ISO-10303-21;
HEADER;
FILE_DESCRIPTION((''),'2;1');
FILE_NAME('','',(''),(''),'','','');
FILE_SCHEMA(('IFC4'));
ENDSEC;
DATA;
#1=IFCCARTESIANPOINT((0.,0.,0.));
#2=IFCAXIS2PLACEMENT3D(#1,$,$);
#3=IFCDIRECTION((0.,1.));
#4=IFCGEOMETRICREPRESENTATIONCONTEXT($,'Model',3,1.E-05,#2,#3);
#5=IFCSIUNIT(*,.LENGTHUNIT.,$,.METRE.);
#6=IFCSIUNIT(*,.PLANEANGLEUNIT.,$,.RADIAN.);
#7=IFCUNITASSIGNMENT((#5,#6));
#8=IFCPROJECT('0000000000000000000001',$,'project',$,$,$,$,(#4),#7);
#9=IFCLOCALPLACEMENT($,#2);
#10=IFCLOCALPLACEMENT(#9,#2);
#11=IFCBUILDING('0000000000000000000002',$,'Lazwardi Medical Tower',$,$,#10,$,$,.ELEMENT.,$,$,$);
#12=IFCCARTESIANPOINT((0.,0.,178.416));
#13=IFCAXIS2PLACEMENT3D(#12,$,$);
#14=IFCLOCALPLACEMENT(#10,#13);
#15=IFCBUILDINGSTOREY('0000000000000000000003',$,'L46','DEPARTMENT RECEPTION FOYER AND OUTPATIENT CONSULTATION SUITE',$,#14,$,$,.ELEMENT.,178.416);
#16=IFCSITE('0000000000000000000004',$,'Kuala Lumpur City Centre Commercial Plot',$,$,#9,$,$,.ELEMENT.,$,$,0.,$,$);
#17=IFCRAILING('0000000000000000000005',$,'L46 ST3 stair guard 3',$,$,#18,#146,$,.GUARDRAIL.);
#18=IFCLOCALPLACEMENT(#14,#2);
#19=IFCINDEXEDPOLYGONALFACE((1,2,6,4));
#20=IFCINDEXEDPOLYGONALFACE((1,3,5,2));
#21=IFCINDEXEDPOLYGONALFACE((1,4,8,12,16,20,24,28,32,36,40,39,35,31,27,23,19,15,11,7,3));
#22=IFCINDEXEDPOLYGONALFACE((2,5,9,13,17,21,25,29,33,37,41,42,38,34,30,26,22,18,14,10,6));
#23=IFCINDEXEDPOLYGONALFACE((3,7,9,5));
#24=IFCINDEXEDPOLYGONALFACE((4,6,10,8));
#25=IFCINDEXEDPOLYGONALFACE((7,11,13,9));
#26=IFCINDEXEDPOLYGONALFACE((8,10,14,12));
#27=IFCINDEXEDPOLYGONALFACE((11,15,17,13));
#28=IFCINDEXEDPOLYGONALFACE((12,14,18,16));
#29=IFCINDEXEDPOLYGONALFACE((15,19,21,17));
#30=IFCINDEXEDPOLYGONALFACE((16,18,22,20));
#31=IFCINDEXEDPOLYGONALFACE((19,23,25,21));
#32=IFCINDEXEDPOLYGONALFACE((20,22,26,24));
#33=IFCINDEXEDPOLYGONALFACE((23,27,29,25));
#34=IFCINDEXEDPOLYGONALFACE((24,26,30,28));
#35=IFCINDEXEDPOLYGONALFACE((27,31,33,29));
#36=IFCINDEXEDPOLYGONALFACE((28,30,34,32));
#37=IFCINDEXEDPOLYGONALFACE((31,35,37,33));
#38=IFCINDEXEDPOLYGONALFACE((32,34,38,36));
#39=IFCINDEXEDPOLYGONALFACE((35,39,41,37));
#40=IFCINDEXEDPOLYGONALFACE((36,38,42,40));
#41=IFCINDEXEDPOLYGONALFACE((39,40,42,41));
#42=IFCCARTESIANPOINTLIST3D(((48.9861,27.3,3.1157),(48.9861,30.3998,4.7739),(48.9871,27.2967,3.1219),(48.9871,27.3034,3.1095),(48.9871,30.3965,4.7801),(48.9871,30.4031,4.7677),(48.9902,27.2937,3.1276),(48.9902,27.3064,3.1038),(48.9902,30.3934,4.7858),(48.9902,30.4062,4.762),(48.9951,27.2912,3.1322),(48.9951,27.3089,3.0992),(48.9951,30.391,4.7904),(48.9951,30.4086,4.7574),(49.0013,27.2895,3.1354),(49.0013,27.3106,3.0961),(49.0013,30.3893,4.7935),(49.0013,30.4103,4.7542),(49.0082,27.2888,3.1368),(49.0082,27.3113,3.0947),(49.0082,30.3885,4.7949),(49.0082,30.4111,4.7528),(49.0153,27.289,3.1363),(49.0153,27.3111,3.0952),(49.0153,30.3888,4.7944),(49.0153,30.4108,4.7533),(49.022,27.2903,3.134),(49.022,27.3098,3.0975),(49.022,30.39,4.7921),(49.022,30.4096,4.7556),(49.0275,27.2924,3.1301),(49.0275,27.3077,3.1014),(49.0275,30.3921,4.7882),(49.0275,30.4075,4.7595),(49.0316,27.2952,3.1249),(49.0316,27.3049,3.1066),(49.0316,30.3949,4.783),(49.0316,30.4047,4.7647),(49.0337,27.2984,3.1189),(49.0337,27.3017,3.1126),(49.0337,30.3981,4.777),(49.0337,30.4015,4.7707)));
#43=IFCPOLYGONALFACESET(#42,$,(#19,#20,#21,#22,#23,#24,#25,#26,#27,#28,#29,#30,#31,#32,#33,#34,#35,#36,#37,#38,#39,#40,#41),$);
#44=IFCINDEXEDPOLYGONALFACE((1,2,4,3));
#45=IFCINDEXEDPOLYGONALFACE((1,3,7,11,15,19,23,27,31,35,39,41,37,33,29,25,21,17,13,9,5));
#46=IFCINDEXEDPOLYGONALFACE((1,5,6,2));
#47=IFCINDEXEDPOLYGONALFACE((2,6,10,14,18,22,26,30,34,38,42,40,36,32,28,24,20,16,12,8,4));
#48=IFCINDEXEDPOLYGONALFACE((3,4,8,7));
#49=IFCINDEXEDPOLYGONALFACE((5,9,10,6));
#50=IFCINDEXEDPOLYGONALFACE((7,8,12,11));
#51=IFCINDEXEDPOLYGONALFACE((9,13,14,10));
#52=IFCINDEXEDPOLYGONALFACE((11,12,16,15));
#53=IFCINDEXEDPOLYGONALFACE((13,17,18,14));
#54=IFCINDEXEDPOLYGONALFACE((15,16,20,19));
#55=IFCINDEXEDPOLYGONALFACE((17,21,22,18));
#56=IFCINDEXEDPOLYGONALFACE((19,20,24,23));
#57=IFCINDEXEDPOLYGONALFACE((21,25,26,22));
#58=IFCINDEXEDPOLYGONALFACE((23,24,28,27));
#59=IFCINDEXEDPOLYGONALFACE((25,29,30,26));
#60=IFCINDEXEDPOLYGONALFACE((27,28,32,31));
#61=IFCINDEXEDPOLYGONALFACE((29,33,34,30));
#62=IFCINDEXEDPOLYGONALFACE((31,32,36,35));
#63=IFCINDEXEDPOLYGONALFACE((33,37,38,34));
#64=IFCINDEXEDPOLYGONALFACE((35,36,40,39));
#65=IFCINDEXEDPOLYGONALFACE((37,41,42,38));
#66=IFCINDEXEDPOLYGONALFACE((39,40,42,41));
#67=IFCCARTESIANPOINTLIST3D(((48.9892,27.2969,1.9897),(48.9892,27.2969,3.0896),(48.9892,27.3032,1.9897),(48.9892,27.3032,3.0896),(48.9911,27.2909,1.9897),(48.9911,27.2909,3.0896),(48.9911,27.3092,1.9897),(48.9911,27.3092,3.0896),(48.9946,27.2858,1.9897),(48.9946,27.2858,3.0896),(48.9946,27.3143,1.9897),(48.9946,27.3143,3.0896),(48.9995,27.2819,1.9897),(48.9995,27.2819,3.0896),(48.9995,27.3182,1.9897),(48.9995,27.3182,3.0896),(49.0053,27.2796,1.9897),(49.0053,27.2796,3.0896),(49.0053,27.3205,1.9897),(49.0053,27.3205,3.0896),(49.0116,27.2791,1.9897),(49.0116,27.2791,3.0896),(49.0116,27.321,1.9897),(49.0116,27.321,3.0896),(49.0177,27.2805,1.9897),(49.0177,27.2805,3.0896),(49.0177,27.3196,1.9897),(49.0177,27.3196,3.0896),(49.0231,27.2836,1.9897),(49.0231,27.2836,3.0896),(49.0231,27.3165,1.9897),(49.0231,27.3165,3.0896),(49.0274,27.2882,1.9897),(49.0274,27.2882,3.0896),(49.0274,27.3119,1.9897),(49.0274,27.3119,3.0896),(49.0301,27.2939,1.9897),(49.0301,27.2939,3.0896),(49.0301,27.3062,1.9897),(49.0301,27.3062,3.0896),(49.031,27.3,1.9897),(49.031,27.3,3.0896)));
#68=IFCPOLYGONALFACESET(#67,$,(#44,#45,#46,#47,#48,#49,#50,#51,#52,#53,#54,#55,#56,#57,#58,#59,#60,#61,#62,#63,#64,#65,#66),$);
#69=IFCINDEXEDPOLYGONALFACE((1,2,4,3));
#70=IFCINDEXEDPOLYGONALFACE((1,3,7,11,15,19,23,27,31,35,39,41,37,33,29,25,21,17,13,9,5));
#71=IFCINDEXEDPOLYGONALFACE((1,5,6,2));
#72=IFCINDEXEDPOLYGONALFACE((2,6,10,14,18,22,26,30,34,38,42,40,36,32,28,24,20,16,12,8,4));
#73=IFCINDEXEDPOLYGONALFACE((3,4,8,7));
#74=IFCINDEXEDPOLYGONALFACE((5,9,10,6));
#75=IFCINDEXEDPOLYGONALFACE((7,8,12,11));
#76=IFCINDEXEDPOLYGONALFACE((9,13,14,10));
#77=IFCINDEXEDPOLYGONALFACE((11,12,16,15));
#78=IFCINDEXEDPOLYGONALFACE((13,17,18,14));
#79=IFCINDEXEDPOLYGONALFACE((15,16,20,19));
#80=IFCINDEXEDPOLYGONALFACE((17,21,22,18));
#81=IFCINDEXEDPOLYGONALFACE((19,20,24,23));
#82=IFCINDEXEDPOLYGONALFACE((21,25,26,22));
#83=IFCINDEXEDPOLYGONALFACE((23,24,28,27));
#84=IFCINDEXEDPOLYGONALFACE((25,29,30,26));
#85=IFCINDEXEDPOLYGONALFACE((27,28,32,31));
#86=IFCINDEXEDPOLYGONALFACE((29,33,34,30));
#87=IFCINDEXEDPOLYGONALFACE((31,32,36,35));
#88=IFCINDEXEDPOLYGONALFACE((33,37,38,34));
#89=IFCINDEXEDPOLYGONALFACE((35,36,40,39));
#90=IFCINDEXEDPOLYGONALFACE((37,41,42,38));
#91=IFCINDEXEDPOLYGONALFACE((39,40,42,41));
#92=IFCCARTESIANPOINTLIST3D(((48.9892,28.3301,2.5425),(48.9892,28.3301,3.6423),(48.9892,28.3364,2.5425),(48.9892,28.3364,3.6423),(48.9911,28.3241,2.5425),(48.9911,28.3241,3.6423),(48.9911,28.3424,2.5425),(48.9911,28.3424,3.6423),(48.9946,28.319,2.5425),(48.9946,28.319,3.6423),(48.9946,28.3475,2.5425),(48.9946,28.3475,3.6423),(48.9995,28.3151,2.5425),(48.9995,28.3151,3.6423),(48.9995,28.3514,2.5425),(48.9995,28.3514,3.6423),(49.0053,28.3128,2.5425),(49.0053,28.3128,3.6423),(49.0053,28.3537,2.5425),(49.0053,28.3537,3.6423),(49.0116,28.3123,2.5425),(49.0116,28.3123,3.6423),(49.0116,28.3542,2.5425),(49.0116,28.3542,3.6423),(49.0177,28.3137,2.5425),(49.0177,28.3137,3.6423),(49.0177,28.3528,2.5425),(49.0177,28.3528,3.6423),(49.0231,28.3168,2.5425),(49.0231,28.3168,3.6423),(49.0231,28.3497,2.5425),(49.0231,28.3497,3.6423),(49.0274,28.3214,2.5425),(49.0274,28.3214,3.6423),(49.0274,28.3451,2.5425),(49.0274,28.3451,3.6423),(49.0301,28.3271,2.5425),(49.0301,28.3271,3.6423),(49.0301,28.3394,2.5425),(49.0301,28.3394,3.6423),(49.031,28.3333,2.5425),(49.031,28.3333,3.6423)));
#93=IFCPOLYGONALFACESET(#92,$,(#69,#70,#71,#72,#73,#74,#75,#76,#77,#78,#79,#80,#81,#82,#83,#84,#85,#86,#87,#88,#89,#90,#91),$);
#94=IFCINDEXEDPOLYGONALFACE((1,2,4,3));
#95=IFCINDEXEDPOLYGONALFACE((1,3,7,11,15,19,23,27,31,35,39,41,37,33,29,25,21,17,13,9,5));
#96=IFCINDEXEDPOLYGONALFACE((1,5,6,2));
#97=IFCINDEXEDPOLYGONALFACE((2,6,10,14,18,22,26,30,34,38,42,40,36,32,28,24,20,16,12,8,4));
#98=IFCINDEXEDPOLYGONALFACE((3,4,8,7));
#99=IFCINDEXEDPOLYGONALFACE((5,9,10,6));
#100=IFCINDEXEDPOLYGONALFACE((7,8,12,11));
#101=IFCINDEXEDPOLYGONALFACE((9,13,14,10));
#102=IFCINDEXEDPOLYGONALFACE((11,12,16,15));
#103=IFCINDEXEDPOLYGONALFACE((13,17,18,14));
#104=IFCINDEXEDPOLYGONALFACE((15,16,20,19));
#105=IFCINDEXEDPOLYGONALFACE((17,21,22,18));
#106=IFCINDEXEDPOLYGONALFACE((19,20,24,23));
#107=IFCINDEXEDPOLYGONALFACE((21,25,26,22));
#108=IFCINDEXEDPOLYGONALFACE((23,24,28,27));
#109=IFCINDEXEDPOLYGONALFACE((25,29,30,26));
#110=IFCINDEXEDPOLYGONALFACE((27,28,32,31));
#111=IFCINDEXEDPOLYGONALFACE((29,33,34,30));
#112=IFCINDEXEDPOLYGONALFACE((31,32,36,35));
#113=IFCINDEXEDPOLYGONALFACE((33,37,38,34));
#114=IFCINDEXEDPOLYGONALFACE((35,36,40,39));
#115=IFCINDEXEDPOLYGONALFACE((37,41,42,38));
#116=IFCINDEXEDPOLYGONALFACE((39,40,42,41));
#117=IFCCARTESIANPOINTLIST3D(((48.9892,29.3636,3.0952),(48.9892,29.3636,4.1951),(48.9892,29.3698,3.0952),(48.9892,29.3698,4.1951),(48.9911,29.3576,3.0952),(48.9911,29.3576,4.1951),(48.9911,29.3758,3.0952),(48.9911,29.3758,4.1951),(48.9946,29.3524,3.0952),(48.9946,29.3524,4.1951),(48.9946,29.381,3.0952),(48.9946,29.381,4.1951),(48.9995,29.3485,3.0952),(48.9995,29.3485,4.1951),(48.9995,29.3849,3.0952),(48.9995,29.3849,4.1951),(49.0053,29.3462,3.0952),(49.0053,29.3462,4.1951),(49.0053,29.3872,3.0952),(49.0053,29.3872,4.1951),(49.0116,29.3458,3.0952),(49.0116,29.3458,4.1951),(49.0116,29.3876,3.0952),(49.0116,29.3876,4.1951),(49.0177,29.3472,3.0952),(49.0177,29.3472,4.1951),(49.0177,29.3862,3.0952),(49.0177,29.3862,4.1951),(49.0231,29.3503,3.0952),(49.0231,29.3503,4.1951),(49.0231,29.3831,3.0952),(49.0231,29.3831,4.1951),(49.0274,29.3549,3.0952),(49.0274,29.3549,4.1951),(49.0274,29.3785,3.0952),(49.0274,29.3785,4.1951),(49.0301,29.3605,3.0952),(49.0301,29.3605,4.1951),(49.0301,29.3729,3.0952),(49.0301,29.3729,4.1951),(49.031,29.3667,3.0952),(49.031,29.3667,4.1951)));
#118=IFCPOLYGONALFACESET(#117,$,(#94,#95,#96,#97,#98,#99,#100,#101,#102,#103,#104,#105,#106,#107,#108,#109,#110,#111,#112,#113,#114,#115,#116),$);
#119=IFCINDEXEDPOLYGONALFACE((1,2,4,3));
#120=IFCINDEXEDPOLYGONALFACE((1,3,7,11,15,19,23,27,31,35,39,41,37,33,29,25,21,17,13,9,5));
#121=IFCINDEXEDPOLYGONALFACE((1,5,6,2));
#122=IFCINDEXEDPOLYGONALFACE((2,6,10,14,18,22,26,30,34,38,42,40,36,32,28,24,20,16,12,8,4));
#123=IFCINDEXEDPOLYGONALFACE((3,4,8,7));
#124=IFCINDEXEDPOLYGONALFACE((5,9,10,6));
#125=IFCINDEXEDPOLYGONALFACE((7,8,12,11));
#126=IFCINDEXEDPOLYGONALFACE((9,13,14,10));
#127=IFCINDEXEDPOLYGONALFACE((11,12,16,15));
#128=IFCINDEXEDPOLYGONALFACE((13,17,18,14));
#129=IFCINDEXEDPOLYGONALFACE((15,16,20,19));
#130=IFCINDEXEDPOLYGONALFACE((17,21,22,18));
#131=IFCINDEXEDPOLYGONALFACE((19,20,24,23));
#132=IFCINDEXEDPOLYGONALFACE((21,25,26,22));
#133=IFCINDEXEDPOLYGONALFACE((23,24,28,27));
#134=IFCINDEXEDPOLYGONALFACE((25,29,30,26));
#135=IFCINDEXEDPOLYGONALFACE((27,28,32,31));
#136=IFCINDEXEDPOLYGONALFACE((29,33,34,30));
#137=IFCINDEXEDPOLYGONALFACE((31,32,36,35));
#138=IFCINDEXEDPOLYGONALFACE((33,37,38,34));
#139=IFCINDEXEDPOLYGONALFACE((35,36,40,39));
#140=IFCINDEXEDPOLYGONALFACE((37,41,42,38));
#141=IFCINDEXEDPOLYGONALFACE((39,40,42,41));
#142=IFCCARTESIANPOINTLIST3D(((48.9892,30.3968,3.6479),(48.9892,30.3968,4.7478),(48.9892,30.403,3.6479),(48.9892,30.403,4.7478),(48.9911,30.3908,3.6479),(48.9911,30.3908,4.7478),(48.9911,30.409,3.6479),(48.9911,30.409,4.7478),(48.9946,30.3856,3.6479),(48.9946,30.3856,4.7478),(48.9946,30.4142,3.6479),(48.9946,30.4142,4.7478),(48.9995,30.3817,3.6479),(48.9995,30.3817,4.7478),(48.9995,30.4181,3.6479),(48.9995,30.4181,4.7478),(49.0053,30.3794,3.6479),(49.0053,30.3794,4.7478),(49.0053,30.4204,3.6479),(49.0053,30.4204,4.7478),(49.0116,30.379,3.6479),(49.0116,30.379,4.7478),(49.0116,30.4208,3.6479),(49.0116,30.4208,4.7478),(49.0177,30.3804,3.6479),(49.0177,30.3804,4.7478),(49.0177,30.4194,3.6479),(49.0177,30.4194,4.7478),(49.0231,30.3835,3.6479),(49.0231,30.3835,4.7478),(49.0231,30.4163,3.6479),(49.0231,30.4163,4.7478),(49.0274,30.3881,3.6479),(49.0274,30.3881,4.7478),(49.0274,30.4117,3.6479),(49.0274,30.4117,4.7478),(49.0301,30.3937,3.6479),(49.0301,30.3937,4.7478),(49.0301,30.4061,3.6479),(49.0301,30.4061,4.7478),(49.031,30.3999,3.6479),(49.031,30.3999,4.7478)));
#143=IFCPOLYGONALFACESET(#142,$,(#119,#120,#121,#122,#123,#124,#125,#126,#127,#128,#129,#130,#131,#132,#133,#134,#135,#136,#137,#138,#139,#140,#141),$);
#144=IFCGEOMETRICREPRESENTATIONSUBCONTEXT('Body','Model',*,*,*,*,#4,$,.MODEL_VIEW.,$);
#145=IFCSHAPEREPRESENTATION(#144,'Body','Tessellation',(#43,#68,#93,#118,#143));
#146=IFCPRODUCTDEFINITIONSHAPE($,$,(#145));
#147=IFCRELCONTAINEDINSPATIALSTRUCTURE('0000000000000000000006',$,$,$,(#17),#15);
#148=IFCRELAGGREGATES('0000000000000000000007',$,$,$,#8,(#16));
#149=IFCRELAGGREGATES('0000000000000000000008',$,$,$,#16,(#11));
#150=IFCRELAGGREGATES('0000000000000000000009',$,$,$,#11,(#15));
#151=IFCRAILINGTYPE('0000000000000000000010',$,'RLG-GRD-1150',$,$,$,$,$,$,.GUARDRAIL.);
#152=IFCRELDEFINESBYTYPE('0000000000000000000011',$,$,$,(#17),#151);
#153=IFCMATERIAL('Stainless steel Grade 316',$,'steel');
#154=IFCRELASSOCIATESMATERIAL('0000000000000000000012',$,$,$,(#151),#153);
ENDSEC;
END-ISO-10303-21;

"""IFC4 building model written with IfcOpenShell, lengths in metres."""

from ifc_helpers import new_model, si_unit, direction, frame, origin, origin_2d, place, context, subcontext, project, spatial, circle, extrude, material, type_object, element, save


model = new_model("IFC4")

# Units and contexts
model_context = context("Model", 3, precision=1e-05, world=origin(), true_north=direction((0.0, 1.0)))
body_context = subcontext(model_context, "Body", "Model", "MODEL_VIEW")
ifc_project = project(units=[si_unit("LENGTHUNIT", "METRE"), si_unit("PLANEANGLEUNIT", "RADIAN")], contexts=[model_context])

# Site, building, storey
site_placement = place(None, origin())
site = spatial("IfcSite", under=ifc_project, at=site_placement, Name="Kuala Lumpur City Centre Commercial Plot", CompositionType="ELEMENT", RefElevation=0.0)
building_placement = place(site_placement, origin())
building = spatial("IfcBuilding", under=site, at=building_placement, Name="Lazwardi Medical Tower", CompositionType="ELEMENT")
storey_placement = place(building_placement, frame((0.0, 0.0, 178.416)))
storey = spatial("IfcBuildingStorey", under=building, at=storey_placement, Name="L46", Description="DEPARTMENT RECEPTION FOYER AND OUTPATIENT CONSULTATION SUITE", CompositionType="ELEMENT", Elevation=178.416)

# Railing
ifc_material_1 = material(Name="Stainless steel Grade 316", Category="steel")
railing_type_1 = type_object("IfcRailingType", Name="RLG-GRD-1150", PredefinedType="GUARDRAIL", material=ifc_material_1)
railing_1_placement = place(storey_placement, frame((49.01, 27.3, 1.9897)))
element("IfcRailing", 1, at=railing_1_placement, inside=storey, type_object=railing_type_1, Name="L46 ST3 stair guard 3", PredefinedType="GUARDRAIL", context=body_context, shape_type="SweptSolid", body=[
    extrude(circle(Radius=0.0239, at=origin_2d()), frame((0.0, 0.0, 1.126), z_axis=(0.0, 0.881768, 0.471684), x_axis=(-1.0, 0.0, 0.0)), (0.0, 0.0, 1.0), 3.5154),
    extrude(circle(Radius=0.021, at=origin_2d()), origin(), (0.0, 0.0, 1.0), 1.0999),
    extrude(circle(Radius=0.021, at=origin_2d()), frame((0.0, 1.0332, 0.5527)), (0.0, 0.0, 1.0), 1.0999),
    extrude(circle(Radius=0.021, at=origin_2d()), frame((0.0, 2.0667, 1.1055)), (0.0, 0.0, 1.0), 1.0999),
    extrude(circle(Radius=0.021, at=origin_2d()), frame((0.0, 3.0999, 1.6582)), (0.0, 0.0, 1.0), 1.0999),
])

save(model, "model.ifc")
